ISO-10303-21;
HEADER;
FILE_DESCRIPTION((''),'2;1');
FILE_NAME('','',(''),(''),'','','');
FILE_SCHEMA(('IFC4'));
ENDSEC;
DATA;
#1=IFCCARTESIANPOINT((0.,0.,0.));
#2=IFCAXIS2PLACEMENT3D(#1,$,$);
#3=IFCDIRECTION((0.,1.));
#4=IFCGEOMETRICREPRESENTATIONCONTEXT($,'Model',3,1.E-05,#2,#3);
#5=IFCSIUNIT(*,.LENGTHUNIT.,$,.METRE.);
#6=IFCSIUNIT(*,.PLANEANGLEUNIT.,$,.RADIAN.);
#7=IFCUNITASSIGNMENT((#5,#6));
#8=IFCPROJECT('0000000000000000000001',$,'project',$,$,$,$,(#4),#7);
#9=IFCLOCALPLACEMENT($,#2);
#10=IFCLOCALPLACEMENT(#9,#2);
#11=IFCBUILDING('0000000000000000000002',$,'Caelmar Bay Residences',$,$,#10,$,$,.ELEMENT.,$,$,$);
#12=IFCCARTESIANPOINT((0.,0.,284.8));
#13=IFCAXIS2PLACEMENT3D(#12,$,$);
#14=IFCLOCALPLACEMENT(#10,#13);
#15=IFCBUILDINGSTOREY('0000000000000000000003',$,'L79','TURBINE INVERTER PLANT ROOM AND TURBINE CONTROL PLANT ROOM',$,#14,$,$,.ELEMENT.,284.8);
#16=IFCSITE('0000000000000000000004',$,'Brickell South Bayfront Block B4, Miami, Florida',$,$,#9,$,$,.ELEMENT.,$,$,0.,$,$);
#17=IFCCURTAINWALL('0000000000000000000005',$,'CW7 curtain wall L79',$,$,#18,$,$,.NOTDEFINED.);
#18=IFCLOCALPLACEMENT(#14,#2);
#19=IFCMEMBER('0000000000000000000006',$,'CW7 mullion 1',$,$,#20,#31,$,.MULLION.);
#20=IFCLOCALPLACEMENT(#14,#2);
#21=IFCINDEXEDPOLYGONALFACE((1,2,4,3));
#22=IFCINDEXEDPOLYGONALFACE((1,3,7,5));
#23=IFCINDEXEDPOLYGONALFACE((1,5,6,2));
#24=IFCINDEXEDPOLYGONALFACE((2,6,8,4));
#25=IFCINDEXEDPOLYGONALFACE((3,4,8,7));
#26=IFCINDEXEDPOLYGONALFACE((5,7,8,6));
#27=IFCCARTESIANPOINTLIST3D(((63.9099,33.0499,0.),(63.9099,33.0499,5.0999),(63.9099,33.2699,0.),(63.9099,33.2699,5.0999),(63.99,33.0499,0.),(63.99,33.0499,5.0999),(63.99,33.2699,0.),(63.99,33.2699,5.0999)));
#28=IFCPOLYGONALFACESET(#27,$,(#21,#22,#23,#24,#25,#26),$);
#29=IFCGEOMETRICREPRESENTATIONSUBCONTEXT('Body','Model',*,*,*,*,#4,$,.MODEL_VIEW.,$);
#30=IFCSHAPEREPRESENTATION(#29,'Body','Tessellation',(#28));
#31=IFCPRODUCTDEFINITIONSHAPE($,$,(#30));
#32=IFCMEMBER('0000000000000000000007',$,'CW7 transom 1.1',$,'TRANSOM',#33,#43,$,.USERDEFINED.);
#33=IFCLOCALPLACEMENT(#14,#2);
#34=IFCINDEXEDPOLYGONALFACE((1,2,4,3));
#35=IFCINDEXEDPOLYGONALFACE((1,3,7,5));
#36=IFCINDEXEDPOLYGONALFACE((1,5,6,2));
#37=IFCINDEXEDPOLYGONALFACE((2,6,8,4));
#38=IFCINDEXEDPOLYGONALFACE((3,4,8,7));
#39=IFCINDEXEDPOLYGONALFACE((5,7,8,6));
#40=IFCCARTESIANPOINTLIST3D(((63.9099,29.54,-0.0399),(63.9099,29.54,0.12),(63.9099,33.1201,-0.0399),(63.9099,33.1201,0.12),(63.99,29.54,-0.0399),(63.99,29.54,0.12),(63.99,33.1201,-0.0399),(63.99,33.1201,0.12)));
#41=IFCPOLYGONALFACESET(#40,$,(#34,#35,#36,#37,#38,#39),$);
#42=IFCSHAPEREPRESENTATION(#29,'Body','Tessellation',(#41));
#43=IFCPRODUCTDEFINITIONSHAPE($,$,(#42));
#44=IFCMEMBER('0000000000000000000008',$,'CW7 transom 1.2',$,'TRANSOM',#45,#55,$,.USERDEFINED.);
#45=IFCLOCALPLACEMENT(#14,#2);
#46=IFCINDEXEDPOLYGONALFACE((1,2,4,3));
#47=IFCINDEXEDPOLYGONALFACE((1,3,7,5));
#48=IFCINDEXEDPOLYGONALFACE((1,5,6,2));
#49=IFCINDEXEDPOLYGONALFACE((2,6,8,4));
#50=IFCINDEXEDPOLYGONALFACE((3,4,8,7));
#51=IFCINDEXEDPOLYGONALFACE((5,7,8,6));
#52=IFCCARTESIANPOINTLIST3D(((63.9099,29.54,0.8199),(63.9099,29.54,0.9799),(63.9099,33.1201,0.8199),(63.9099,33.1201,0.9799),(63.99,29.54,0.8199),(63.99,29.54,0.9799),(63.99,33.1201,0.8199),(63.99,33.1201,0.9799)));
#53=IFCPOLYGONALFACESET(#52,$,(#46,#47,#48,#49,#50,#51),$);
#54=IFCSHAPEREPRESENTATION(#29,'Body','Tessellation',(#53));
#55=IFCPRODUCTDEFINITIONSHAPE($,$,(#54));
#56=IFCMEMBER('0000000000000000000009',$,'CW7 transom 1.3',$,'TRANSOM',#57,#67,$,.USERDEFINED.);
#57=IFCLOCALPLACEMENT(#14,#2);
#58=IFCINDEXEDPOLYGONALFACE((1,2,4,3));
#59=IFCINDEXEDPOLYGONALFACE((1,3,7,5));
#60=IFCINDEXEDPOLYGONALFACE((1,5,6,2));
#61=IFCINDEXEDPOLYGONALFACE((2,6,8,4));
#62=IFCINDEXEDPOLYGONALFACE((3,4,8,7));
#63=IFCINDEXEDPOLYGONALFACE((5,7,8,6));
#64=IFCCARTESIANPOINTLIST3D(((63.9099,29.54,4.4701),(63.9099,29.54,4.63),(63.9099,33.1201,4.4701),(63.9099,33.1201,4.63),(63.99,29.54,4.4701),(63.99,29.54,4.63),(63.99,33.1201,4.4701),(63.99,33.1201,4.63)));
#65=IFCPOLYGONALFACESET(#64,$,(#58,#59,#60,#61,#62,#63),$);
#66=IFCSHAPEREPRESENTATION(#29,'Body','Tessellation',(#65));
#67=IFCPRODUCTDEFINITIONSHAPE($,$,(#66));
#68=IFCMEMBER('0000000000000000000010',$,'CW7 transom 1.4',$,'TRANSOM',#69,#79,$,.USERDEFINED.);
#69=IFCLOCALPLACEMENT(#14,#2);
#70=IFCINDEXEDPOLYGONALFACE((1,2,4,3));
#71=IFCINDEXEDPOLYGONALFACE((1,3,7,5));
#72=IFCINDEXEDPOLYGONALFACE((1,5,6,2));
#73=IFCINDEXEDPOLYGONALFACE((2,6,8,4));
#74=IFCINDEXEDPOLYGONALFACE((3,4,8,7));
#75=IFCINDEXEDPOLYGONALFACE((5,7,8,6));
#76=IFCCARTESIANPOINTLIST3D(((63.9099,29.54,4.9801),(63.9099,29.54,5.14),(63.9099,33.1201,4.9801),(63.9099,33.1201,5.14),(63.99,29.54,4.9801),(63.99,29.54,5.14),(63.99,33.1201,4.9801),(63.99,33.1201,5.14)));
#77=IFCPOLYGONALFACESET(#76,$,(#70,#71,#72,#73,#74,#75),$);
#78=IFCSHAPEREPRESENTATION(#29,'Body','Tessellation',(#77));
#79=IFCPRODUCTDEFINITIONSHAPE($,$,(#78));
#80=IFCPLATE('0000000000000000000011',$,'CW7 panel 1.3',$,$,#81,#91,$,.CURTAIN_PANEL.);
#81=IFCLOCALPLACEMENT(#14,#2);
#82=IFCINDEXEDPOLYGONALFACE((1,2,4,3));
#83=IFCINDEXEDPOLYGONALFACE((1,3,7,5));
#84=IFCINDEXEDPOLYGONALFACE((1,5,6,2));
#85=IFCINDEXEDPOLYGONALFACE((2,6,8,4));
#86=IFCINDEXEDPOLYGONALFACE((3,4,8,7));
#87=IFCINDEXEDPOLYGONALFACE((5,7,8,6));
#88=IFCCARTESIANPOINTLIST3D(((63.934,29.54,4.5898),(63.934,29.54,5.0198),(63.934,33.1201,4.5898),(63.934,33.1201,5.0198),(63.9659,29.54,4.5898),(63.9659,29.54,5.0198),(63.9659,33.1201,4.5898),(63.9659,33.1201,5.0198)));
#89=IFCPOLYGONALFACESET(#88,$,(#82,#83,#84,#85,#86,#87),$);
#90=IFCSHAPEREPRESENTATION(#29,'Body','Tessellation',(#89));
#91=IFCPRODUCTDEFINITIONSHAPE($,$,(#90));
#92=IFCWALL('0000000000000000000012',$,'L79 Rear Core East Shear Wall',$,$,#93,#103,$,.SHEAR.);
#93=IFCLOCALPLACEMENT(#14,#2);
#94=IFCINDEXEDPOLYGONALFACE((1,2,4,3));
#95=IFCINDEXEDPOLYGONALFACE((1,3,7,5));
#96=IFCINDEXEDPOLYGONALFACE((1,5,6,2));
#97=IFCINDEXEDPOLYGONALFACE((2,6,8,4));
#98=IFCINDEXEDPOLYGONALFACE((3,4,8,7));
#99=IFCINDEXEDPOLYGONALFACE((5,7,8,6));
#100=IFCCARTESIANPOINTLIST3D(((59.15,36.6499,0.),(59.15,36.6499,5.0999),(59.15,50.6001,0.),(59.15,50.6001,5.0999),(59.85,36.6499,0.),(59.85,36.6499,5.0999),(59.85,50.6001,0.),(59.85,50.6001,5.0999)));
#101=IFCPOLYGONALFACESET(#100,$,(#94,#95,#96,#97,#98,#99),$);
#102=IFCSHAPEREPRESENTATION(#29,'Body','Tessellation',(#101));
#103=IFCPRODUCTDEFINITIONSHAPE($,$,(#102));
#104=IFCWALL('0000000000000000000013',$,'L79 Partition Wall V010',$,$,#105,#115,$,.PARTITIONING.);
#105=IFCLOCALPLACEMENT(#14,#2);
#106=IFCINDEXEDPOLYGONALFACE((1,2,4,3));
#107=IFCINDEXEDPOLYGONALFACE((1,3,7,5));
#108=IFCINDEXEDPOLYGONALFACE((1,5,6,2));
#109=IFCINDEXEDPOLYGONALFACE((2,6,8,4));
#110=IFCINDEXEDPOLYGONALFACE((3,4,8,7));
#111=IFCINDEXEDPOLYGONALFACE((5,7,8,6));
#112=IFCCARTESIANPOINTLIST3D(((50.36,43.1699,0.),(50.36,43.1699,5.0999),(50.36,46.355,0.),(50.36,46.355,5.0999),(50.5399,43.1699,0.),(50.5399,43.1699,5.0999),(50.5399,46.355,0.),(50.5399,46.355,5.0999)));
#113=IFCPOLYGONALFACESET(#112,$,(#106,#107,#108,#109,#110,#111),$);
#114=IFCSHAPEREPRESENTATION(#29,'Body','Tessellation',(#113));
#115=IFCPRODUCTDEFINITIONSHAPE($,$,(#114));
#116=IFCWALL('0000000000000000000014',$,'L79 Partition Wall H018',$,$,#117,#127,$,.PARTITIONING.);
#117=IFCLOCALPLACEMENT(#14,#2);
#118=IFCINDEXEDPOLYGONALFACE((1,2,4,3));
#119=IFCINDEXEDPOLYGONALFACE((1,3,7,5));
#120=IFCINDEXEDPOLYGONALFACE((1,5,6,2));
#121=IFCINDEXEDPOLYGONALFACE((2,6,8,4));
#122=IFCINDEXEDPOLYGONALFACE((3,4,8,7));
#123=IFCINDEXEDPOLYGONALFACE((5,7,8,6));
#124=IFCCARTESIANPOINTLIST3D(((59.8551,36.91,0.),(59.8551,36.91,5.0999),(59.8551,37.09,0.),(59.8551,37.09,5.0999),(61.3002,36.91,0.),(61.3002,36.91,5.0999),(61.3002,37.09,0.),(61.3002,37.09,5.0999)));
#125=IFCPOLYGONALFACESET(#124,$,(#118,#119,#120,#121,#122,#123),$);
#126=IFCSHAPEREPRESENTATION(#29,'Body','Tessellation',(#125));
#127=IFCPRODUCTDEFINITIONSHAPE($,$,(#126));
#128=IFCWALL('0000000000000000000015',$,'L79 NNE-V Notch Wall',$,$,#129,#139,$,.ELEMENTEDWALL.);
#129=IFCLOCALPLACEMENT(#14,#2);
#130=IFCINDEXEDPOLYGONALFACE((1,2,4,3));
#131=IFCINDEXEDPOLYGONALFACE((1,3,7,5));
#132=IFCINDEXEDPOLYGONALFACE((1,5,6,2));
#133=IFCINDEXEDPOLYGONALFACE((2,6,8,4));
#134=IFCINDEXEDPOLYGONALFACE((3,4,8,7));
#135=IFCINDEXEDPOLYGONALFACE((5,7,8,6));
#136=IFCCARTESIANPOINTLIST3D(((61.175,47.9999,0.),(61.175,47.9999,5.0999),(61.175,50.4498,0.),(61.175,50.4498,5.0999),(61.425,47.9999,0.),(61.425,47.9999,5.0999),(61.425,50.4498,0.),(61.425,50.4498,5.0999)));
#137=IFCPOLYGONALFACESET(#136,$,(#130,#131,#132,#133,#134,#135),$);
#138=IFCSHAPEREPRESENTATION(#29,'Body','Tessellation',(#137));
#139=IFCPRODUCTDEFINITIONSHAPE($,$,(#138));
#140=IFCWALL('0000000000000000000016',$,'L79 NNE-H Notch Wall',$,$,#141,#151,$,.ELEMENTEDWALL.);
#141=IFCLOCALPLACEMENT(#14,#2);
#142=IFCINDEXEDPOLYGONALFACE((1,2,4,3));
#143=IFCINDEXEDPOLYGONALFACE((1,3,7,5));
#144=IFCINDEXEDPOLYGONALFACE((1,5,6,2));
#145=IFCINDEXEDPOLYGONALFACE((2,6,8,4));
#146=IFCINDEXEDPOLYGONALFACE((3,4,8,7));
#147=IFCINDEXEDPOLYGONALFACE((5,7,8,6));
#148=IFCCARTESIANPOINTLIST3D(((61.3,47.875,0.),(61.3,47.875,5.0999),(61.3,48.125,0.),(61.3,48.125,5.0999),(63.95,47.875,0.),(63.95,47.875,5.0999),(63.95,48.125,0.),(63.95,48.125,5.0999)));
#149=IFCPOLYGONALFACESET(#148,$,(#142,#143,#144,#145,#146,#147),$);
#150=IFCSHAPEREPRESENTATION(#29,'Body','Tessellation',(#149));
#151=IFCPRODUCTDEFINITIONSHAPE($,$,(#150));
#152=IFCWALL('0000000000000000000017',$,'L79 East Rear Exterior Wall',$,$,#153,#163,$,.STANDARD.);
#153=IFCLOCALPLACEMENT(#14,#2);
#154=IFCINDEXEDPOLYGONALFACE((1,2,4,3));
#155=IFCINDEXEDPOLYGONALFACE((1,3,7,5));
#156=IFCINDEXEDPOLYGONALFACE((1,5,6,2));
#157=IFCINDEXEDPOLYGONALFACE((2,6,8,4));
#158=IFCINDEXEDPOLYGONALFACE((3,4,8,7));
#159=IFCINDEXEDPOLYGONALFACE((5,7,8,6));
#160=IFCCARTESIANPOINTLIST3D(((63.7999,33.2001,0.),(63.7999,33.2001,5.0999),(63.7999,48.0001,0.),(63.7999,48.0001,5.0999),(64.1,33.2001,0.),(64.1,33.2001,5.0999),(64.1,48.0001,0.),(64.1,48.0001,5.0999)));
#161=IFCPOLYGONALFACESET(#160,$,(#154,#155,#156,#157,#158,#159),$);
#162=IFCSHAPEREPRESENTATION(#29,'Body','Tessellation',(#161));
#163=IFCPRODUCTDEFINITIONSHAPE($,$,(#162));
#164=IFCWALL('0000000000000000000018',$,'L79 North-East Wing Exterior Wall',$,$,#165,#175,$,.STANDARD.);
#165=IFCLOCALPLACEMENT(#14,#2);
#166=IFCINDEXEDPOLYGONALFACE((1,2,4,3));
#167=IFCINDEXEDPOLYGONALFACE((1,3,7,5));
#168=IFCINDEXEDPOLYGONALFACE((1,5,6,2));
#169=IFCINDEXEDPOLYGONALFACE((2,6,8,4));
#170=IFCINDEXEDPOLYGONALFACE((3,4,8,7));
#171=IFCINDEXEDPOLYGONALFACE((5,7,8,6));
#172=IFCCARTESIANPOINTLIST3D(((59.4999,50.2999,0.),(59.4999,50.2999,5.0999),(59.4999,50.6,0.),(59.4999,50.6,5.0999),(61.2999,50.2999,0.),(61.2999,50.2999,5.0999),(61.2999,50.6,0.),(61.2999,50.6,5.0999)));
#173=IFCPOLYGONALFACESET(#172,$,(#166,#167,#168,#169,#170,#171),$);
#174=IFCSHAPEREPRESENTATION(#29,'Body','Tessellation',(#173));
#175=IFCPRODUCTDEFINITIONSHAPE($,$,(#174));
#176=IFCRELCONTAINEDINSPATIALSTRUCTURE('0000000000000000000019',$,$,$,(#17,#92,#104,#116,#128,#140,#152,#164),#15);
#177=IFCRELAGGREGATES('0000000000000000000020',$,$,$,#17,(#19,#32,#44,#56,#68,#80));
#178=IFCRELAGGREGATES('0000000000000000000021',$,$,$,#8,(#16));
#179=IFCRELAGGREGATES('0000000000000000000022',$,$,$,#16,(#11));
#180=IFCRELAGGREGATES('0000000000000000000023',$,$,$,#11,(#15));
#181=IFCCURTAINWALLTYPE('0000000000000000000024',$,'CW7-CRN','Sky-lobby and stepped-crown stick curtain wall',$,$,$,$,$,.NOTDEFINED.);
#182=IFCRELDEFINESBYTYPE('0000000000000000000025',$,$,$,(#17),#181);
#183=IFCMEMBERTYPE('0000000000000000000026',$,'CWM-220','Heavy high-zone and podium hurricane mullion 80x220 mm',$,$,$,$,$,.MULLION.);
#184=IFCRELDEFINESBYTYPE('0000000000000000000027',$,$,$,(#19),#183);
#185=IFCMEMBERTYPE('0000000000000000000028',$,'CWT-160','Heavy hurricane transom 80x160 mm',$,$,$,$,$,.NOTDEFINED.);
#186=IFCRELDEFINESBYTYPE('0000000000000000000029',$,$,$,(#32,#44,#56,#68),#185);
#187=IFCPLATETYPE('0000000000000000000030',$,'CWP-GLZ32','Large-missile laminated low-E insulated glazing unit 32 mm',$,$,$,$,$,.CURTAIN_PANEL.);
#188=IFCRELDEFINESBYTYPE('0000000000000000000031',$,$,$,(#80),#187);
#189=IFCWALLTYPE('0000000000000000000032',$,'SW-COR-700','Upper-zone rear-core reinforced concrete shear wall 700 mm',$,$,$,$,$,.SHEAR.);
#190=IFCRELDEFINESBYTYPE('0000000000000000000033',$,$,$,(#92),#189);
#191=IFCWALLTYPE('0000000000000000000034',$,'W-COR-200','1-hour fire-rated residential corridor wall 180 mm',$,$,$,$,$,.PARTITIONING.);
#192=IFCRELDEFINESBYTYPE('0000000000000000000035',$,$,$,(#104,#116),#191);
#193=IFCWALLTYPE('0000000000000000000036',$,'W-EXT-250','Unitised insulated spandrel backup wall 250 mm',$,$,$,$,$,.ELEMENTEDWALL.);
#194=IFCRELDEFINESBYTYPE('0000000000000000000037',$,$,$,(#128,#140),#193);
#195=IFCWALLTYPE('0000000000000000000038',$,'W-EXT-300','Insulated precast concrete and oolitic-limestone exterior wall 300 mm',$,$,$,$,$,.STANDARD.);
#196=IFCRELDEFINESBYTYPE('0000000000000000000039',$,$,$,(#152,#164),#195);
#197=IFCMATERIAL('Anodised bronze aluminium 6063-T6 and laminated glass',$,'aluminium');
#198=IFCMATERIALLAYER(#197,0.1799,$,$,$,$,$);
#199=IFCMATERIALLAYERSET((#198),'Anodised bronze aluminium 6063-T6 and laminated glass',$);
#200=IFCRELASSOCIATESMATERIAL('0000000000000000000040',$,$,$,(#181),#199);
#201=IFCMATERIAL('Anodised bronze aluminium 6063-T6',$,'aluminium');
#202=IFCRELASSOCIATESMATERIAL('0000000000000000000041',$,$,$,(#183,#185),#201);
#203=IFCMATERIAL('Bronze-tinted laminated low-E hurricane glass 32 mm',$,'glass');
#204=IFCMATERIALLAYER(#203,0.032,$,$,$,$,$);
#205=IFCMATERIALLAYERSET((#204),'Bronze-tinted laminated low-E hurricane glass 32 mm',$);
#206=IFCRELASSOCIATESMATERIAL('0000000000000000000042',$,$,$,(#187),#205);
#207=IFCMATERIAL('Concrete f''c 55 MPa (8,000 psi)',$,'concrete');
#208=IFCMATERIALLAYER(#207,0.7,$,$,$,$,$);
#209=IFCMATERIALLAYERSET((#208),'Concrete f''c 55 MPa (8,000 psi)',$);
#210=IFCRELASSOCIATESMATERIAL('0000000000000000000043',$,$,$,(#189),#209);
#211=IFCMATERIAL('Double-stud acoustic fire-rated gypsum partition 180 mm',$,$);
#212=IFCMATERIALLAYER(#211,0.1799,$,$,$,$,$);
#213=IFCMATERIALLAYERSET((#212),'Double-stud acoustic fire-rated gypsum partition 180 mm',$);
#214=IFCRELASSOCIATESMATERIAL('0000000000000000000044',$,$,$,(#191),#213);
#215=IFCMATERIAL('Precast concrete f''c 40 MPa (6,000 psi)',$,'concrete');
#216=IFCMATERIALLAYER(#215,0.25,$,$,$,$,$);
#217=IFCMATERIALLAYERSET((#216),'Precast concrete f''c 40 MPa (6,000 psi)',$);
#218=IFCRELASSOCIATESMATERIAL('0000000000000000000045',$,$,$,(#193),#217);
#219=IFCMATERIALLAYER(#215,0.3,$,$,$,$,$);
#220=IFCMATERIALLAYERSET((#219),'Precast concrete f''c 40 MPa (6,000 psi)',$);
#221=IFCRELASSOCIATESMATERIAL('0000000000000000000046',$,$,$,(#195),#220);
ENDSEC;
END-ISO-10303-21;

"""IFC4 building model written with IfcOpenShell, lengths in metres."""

from ifc_helpers import new_model, si_unit, direction, frame, frame_2d, origin, origin_2d, place, context, subcontext, project, spatial, rectangle, extrude, material, layer, layer_set, material_profile, profile_set, type_object, element, aggregate, save


model = new_model("IFC4")

# Units and contexts
model_context = context("Model", 3, precision=1e-05, world=origin(), true_north=direction((0.0, 1.0)))
body_context = subcontext(model_context, "Body", "Model", "MODEL_VIEW")
ifc_project = project(units=[si_unit("LENGTHUNIT", "METRE"), si_unit("PLANEANGLEUNIT", "RADIAN")], contexts=[model_context])

# Site, building, storey
site_placement = place(None, origin())
site = spatial("IfcSite", under=ifc_project, at=site_placement, Name="Brickell South Bayfront Block B4, Miami, Florida", CompositionType="ELEMENT", RefElevation=0.0)
building_placement = place(site_placement, origin())
building = spatial("IfcBuilding", under=site, at=building_placement, Name="Caelmar Bay Residences", CompositionType="ELEMENT")
storey_placement = place(building_placement, frame((0.0, 0.0, 284.8)))
storey = spatial("IfcBuildingStorey", under=building, at=storey_placement, Name="L79", Description="TURBINE INVERTER PLANT ROOM AND TURBINE CONTROL PLANT ROOM", CompositionType="ELEMENT", Elevation=284.8)

# Curtain wall, members, plate
ifc_material_1 = material(Name="Anodised bronze aluminium 6063-T6 and laminated glass", Category="aluminium")
ifc_layer_1 = layer(ifc_material_1, 0.1799)
ifc_layer_set_1 = layer_set([ifc_layer_1], Name="Anodised bronze aluminium 6063-T6 and laminated glass")
curtain_wall_type = type_object("IfcCurtainWallType", Name="CW7-CRN", Description="Sky-lobby and stepped-crown stick curtain wall", PredefinedType="NOTDEFINED", material=ifc_layer_set_1)
curtain_wall_placement = place(storey_placement, origin())
curtain_wall = element("IfcCurtainWall", 1, at=curtain_wall_placement, inside=storey, type_object=curtain_wall_type, Name="CW7 curtain wall L79", PredefinedType="NOTDEFINED")
ifc_material_2 = material(Name="Anodised bronze aluminium 6063-T6", Category="aluminium")
ifc_material_profile_1 = material_profile(ifc_material_2, rectangle(XDim=0.0801, YDim=0.22, at=origin_2d()), Name="CWM-80X220")
ifc_profile_set_1 = profile_set([ifc_material_profile_1], Name="Anodised bronze aluminium 6063-T6")
member_type_1 = type_object("IfcMemberType", Name="CWM-220", Description="Heavy high-zone and podium hurricane mullion 80x220 mm", PredefinedType="MULLION", material=ifc_profile_set_1)
member_1_placement = place(storey_placement, frame((63.95, 33.1599, 0.0), z_axis=(0.0, 0.0, 1.0), x_axis=(1.0, 0.0, 0.0)))
member_1 = element("IfcMember", 2, at=member_1_placement, type_object=member_type_1, Name="CW7 mullion 1", PredefinedType="MULLION", context=body_context, shape_type="SweptSolid", body=[
    extrude(rectangle(XDim=0.0801, YDim=0.22, at=origin_2d()), origin(), (0.0, 0.0, 1.0), 5.0999),
])
ifc_material_profile_2 = material_profile(ifc_material_2, rectangle(XDim=0.0801, YDim=0.1599, at=origin_2d()), Name="CWT-80X160")
ifc_profile_set_2 = profile_set([ifc_material_profile_2], Name="Anodised bronze aluminium 6063-T6")
member_type_2 = type_object("IfcMemberType", Name="CWT-160", Description="Heavy hurricane transom 80x160 mm", PredefinedType="NOTDEFINED", material=ifc_profile_set_2)
member_2_placement = place(storey_placement, frame((63.95, 33.1201, 0.04), z_axis=(0.0, -1.0, 0.0), x_axis=(1.0, 0.0, 0.0)))
member_2 = element("IfcMember", 3, at=member_2_placement, type_object=member_type_2, Name="CW7 transom 1.1", ObjectType="TRANSOM", PredefinedType="USERDEFINED", context=body_context, shape_type="SweptSolid", body=[
    extrude(rectangle(XDim=0.0801, YDim=0.1599, at=origin_2d()), origin(), (0.0, 0.0, 1.0), 3.5801),
])
member_3_placement = place(storey_placement, frame((63.95, 33.1201, 0.8999), z_axis=(0.0, -1.0, 0.0), x_axis=(1.0, 0.0, 0.0)))
member_3 = element("IfcMember", 4, at=member_3_placement, type_object=member_type_2, Name="CW7 transom 1.2", ObjectType="TRANSOM", PredefinedType="USERDEFINED", context=body_context, shape_type="SweptSolid", body=[
    extrude(rectangle(XDim=0.0801, YDim=0.1599, at=origin_2d()), origin(), (0.0, 0.0, 1.0), 3.5801),
])
member_4_placement = place(storey_placement, frame((63.95, 33.1201, 4.55), z_axis=(0.0, -1.0, 0.0), x_axis=(1.0, 0.0, 0.0)))
member_4 = element("IfcMember", 5, at=member_4_placement, type_object=member_type_2, Name="CW7 transom 1.3", ObjectType="TRANSOM", PredefinedType="USERDEFINED", context=body_context, shape_type="SweptSolid", body=[
    extrude(rectangle(XDim=0.0801, YDim=0.1599, at=origin_2d()), origin(), (0.0, 0.0, 1.0), 3.5801),
])
member_5_placement = place(storey_placement, frame((63.95, 33.1201, 5.0601), z_axis=(0.0, -1.0, 0.0), x_axis=(1.0, 0.0, 0.0)))
member_5 = element("IfcMember", 6, at=member_5_placement, type_object=member_type_2, Name="CW7 transom 1.4", ObjectType="TRANSOM", PredefinedType="USERDEFINED", context=body_context, shape_type="SweptSolid", body=[
    extrude(rectangle(XDim=0.0801, YDim=0.1599, at=origin_2d()), origin(), (0.0, 0.0, 1.0), 3.5801),
])
ifc_material_3 = material(Name="Bronze-tinted laminated low-E hurricane glass 32 mm", Category="glass")
ifc_layer_2 = layer(ifc_material_3, 0.032)
ifc_layer_set_2 = layer_set([ifc_layer_2], Name="Bronze-tinted laminated low-E hurricane glass 32 mm")
plate_type = type_object("IfcPlateType", Name="CWP-GLZ32", Description="Large-missile laminated low-E insulated glazing unit 32 mm", PredefinedType="CURTAIN_PANEL", material=ifc_layer_set_2)
plate_placement = place(storey_placement, frame((63.95, 31.3301, 4.5898), z_axis=(0.0, 0.0, 1.0), x_axis=(0.0, -1.0, 0.0)))
plate = element("IfcPlate", 7, at=plate_placement, type_object=plate_type, Name="CW7 panel 1.3", PredefinedType="CURTAIN_PANEL", context=body_context, shape_type="SweptSolid", body=[
    extrude(rectangle(XDim=3.5801, YDim=0.032, at=origin_2d()), origin(), (0.0, 0.0, 1.0), 0.4299),
])
aggregate(curtain_wall, [member_1, member_2, member_3, member_4, member_5, plate])

# Wall
ifc_material_4 = material(Name="Concrete f'c 55 MPa (8,000 psi)", Category="concrete")
ifc_layer_3 = layer(ifc_material_4, 0.7)
ifc_layer_set_3 = layer_set([ifc_layer_3], Name="Concrete f'c 55 MPa (8,000 psi)")
wall_type_1 = type_object("IfcWallType", Name="SW-COR-700", Description="Upper-zone rear-core reinforced concrete shear wall 700 mm", PredefinedType="SHEAR", material=ifc_layer_set_3)
wall_1_placement = place(storey_placement, frame((59.5, 36.6499, 0.0), z_axis=(0.0, 0.0, 1.0), x_axis=(0.0, 1.0, 0.0)))
element("IfcWall", 8, at=wall_1_placement, inside=storey, type_object=wall_type_1, Name="L79 Rear Core East Shear Wall", PredefinedType="SHEAR", context=body_context, shape_type="SweptSolid", body=[
    extrude(rectangle(XDim=13.9502, YDim=0.7, at=frame_2d((6.9751, 0.0))), origin(), (0.0, 0.0, 1.0), 5.0999),
])

# Walls
ifc_material_5 = material(Name="Double-stud acoustic fire-rated gypsum partition 180 mm")
ifc_layer_4 = layer(ifc_material_5, 0.1799)
ifc_layer_set_4 = layer_set([ifc_layer_4], Name="Double-stud acoustic fire-rated gypsum partition 180 mm")
wall_type_2 = type_object("IfcWallType", Name="W-COR-200", Description="1-hour fire-rated residential corridor wall 180 mm", PredefinedType="PARTITIONING", material=ifc_layer_set_4)
wall_2_placement = place(storey_placement, frame((50.45, 43.1699, 0.0), z_axis=(0.0, 0.0, 1.0), x_axis=(0.0, 1.0, 0.0)))
element("IfcWall", 9, at=wall_2_placement, inside=storey, type_object=wall_type_2, Name="L79 Partition Wall V010", PredefinedType="PARTITIONING", context=body_context, shape_type="SweptSolid", body=[
    extrude(rectangle(XDim=3.1851, YDim=0.1799, at=frame_2d((1.5925, 0.0))), origin(), (0.0, 0.0, 1.0), 5.0999),
])
wall_3_placement = place(storey_placement, frame((59.855, 37.0, 0.0), z_axis=(0.0, 0.0, 1.0), x_axis=(1.0, 0.0, 0.0)))
element("IfcWall", 10, at=wall_3_placement, inside=storey, type_object=wall_type_2, Name="L79 Partition Wall H018", PredefinedType="PARTITIONING", context=body_context, shape_type="SweptSolid", body=[
    extrude(rectangle(XDim=1.4451, YDim=0.1799, at=frame_2d((0.7227, 0.0))), origin(), (0.0, 0.0, 1.0), 5.0999),
])
ifc_material_6 = material(Name="Precast concrete f'c 40 MPa (6,000 psi)", Category="concrete")
ifc_layer_5 = layer(ifc_material_6, 0.25)
ifc_layer_set_5 = layer_set([ifc_layer_5], Name="Precast concrete f'c 40 MPa (6,000 psi)")
wall_type_3 = type_object("IfcWallType", Name="W-EXT-250", Description="Unitised insulated spandrel backup wall 250 mm", PredefinedType="ELEMENTEDWALL", material=ifc_layer_set_5)
wall_4_placement = place(storey_placement, frame((61.3, 50.45, 0.0), z_axis=(0.0, 0.0, 1.0), x_axis=(0.0, -1.0, 0.0)))
element("IfcWall", 11, at=wall_4_placement, inside=storey, type_object=wall_type_3, Name="L79 NNE-V Notch Wall", PredefinedType="ELEMENTEDWALL", context=body_context, shape_type="SweptSolid", body=[
    extrude(rectangle(XDim=2.45, YDim=0.25, at=frame_2d((1.2251, 0.0))), origin(), (0.0, 0.0, 1.0), 5.0999),
])
wall_5_placement = place(storey_placement, frame((61.3, 48.0, 0.0), z_axis=(0.0, 0.0, 1.0), x_axis=(1.0, 0.0, 0.0)))
element("IfcWall", 12, at=wall_5_placement, inside=storey, type_object=wall_type_3, Name="L79 NNE-H Notch Wall", PredefinedType="ELEMENTEDWALL", context=body_context, shape_type="SweptSolid", body=[
    extrude(rectangle(XDim=2.6499, YDim=0.25, at=frame_2d((1.325, 0.0))), origin(), (0.0, 0.0, 1.0), 5.0999),
])
ifc_layer_6 = layer(ifc_material_6, 0.3)
ifc_layer_set_6 = layer_set([ifc_layer_6], Name="Precast concrete f'c 40 MPa (6,000 psi)")
wall_type_4 = type_object("IfcWallType", Name="W-EXT-300", Description="Insulated precast concrete and oolitic-limestone exterior wall 300 mm", PredefinedType="STANDARD", material=ifc_layer_set_6)
wall_6_placement = place(storey_placement, frame((63.95, 48.0, 0.0), z_axis=(0.0, 0.0, 1.0), x_axis=(0.0, -1.0, 0.0)))
element("IfcWall", 13, at=wall_6_placement, inside=storey, type_object=wall_type_4, Name="L79 East Rear Exterior Wall", PredefinedType="STANDARD", context=body_context, shape_type="SweptSolid", body=[
    extrude(rectangle(XDim=14.8, YDim=0.3, at=frame_2d((7.3999, 0.0))), origin(), (0.0, 0.0, 1.0), 5.0999),
])
wall_7_placement = place(storey_placement, frame((59.5, 50.45, 0.0), z_axis=(0.0, 0.0, 1.0), x_axis=(1.0, 0.0, 0.0)))
element("IfcWall", 14, at=wall_7_placement, inside=storey, type_object=wall_type_4, Name="L79 North-East Wing Exterior Wall", PredefinedType="STANDARD", context=body_context, shape_type="SweptSolid", body=[
    extrude(rectangle(XDim=1.8, YDim=0.3, at=frame_2d((0.8999, 0.0))), origin(), (0.0, 0.0, 1.0), 5.0999),
])

save(model, "model.ifc")
